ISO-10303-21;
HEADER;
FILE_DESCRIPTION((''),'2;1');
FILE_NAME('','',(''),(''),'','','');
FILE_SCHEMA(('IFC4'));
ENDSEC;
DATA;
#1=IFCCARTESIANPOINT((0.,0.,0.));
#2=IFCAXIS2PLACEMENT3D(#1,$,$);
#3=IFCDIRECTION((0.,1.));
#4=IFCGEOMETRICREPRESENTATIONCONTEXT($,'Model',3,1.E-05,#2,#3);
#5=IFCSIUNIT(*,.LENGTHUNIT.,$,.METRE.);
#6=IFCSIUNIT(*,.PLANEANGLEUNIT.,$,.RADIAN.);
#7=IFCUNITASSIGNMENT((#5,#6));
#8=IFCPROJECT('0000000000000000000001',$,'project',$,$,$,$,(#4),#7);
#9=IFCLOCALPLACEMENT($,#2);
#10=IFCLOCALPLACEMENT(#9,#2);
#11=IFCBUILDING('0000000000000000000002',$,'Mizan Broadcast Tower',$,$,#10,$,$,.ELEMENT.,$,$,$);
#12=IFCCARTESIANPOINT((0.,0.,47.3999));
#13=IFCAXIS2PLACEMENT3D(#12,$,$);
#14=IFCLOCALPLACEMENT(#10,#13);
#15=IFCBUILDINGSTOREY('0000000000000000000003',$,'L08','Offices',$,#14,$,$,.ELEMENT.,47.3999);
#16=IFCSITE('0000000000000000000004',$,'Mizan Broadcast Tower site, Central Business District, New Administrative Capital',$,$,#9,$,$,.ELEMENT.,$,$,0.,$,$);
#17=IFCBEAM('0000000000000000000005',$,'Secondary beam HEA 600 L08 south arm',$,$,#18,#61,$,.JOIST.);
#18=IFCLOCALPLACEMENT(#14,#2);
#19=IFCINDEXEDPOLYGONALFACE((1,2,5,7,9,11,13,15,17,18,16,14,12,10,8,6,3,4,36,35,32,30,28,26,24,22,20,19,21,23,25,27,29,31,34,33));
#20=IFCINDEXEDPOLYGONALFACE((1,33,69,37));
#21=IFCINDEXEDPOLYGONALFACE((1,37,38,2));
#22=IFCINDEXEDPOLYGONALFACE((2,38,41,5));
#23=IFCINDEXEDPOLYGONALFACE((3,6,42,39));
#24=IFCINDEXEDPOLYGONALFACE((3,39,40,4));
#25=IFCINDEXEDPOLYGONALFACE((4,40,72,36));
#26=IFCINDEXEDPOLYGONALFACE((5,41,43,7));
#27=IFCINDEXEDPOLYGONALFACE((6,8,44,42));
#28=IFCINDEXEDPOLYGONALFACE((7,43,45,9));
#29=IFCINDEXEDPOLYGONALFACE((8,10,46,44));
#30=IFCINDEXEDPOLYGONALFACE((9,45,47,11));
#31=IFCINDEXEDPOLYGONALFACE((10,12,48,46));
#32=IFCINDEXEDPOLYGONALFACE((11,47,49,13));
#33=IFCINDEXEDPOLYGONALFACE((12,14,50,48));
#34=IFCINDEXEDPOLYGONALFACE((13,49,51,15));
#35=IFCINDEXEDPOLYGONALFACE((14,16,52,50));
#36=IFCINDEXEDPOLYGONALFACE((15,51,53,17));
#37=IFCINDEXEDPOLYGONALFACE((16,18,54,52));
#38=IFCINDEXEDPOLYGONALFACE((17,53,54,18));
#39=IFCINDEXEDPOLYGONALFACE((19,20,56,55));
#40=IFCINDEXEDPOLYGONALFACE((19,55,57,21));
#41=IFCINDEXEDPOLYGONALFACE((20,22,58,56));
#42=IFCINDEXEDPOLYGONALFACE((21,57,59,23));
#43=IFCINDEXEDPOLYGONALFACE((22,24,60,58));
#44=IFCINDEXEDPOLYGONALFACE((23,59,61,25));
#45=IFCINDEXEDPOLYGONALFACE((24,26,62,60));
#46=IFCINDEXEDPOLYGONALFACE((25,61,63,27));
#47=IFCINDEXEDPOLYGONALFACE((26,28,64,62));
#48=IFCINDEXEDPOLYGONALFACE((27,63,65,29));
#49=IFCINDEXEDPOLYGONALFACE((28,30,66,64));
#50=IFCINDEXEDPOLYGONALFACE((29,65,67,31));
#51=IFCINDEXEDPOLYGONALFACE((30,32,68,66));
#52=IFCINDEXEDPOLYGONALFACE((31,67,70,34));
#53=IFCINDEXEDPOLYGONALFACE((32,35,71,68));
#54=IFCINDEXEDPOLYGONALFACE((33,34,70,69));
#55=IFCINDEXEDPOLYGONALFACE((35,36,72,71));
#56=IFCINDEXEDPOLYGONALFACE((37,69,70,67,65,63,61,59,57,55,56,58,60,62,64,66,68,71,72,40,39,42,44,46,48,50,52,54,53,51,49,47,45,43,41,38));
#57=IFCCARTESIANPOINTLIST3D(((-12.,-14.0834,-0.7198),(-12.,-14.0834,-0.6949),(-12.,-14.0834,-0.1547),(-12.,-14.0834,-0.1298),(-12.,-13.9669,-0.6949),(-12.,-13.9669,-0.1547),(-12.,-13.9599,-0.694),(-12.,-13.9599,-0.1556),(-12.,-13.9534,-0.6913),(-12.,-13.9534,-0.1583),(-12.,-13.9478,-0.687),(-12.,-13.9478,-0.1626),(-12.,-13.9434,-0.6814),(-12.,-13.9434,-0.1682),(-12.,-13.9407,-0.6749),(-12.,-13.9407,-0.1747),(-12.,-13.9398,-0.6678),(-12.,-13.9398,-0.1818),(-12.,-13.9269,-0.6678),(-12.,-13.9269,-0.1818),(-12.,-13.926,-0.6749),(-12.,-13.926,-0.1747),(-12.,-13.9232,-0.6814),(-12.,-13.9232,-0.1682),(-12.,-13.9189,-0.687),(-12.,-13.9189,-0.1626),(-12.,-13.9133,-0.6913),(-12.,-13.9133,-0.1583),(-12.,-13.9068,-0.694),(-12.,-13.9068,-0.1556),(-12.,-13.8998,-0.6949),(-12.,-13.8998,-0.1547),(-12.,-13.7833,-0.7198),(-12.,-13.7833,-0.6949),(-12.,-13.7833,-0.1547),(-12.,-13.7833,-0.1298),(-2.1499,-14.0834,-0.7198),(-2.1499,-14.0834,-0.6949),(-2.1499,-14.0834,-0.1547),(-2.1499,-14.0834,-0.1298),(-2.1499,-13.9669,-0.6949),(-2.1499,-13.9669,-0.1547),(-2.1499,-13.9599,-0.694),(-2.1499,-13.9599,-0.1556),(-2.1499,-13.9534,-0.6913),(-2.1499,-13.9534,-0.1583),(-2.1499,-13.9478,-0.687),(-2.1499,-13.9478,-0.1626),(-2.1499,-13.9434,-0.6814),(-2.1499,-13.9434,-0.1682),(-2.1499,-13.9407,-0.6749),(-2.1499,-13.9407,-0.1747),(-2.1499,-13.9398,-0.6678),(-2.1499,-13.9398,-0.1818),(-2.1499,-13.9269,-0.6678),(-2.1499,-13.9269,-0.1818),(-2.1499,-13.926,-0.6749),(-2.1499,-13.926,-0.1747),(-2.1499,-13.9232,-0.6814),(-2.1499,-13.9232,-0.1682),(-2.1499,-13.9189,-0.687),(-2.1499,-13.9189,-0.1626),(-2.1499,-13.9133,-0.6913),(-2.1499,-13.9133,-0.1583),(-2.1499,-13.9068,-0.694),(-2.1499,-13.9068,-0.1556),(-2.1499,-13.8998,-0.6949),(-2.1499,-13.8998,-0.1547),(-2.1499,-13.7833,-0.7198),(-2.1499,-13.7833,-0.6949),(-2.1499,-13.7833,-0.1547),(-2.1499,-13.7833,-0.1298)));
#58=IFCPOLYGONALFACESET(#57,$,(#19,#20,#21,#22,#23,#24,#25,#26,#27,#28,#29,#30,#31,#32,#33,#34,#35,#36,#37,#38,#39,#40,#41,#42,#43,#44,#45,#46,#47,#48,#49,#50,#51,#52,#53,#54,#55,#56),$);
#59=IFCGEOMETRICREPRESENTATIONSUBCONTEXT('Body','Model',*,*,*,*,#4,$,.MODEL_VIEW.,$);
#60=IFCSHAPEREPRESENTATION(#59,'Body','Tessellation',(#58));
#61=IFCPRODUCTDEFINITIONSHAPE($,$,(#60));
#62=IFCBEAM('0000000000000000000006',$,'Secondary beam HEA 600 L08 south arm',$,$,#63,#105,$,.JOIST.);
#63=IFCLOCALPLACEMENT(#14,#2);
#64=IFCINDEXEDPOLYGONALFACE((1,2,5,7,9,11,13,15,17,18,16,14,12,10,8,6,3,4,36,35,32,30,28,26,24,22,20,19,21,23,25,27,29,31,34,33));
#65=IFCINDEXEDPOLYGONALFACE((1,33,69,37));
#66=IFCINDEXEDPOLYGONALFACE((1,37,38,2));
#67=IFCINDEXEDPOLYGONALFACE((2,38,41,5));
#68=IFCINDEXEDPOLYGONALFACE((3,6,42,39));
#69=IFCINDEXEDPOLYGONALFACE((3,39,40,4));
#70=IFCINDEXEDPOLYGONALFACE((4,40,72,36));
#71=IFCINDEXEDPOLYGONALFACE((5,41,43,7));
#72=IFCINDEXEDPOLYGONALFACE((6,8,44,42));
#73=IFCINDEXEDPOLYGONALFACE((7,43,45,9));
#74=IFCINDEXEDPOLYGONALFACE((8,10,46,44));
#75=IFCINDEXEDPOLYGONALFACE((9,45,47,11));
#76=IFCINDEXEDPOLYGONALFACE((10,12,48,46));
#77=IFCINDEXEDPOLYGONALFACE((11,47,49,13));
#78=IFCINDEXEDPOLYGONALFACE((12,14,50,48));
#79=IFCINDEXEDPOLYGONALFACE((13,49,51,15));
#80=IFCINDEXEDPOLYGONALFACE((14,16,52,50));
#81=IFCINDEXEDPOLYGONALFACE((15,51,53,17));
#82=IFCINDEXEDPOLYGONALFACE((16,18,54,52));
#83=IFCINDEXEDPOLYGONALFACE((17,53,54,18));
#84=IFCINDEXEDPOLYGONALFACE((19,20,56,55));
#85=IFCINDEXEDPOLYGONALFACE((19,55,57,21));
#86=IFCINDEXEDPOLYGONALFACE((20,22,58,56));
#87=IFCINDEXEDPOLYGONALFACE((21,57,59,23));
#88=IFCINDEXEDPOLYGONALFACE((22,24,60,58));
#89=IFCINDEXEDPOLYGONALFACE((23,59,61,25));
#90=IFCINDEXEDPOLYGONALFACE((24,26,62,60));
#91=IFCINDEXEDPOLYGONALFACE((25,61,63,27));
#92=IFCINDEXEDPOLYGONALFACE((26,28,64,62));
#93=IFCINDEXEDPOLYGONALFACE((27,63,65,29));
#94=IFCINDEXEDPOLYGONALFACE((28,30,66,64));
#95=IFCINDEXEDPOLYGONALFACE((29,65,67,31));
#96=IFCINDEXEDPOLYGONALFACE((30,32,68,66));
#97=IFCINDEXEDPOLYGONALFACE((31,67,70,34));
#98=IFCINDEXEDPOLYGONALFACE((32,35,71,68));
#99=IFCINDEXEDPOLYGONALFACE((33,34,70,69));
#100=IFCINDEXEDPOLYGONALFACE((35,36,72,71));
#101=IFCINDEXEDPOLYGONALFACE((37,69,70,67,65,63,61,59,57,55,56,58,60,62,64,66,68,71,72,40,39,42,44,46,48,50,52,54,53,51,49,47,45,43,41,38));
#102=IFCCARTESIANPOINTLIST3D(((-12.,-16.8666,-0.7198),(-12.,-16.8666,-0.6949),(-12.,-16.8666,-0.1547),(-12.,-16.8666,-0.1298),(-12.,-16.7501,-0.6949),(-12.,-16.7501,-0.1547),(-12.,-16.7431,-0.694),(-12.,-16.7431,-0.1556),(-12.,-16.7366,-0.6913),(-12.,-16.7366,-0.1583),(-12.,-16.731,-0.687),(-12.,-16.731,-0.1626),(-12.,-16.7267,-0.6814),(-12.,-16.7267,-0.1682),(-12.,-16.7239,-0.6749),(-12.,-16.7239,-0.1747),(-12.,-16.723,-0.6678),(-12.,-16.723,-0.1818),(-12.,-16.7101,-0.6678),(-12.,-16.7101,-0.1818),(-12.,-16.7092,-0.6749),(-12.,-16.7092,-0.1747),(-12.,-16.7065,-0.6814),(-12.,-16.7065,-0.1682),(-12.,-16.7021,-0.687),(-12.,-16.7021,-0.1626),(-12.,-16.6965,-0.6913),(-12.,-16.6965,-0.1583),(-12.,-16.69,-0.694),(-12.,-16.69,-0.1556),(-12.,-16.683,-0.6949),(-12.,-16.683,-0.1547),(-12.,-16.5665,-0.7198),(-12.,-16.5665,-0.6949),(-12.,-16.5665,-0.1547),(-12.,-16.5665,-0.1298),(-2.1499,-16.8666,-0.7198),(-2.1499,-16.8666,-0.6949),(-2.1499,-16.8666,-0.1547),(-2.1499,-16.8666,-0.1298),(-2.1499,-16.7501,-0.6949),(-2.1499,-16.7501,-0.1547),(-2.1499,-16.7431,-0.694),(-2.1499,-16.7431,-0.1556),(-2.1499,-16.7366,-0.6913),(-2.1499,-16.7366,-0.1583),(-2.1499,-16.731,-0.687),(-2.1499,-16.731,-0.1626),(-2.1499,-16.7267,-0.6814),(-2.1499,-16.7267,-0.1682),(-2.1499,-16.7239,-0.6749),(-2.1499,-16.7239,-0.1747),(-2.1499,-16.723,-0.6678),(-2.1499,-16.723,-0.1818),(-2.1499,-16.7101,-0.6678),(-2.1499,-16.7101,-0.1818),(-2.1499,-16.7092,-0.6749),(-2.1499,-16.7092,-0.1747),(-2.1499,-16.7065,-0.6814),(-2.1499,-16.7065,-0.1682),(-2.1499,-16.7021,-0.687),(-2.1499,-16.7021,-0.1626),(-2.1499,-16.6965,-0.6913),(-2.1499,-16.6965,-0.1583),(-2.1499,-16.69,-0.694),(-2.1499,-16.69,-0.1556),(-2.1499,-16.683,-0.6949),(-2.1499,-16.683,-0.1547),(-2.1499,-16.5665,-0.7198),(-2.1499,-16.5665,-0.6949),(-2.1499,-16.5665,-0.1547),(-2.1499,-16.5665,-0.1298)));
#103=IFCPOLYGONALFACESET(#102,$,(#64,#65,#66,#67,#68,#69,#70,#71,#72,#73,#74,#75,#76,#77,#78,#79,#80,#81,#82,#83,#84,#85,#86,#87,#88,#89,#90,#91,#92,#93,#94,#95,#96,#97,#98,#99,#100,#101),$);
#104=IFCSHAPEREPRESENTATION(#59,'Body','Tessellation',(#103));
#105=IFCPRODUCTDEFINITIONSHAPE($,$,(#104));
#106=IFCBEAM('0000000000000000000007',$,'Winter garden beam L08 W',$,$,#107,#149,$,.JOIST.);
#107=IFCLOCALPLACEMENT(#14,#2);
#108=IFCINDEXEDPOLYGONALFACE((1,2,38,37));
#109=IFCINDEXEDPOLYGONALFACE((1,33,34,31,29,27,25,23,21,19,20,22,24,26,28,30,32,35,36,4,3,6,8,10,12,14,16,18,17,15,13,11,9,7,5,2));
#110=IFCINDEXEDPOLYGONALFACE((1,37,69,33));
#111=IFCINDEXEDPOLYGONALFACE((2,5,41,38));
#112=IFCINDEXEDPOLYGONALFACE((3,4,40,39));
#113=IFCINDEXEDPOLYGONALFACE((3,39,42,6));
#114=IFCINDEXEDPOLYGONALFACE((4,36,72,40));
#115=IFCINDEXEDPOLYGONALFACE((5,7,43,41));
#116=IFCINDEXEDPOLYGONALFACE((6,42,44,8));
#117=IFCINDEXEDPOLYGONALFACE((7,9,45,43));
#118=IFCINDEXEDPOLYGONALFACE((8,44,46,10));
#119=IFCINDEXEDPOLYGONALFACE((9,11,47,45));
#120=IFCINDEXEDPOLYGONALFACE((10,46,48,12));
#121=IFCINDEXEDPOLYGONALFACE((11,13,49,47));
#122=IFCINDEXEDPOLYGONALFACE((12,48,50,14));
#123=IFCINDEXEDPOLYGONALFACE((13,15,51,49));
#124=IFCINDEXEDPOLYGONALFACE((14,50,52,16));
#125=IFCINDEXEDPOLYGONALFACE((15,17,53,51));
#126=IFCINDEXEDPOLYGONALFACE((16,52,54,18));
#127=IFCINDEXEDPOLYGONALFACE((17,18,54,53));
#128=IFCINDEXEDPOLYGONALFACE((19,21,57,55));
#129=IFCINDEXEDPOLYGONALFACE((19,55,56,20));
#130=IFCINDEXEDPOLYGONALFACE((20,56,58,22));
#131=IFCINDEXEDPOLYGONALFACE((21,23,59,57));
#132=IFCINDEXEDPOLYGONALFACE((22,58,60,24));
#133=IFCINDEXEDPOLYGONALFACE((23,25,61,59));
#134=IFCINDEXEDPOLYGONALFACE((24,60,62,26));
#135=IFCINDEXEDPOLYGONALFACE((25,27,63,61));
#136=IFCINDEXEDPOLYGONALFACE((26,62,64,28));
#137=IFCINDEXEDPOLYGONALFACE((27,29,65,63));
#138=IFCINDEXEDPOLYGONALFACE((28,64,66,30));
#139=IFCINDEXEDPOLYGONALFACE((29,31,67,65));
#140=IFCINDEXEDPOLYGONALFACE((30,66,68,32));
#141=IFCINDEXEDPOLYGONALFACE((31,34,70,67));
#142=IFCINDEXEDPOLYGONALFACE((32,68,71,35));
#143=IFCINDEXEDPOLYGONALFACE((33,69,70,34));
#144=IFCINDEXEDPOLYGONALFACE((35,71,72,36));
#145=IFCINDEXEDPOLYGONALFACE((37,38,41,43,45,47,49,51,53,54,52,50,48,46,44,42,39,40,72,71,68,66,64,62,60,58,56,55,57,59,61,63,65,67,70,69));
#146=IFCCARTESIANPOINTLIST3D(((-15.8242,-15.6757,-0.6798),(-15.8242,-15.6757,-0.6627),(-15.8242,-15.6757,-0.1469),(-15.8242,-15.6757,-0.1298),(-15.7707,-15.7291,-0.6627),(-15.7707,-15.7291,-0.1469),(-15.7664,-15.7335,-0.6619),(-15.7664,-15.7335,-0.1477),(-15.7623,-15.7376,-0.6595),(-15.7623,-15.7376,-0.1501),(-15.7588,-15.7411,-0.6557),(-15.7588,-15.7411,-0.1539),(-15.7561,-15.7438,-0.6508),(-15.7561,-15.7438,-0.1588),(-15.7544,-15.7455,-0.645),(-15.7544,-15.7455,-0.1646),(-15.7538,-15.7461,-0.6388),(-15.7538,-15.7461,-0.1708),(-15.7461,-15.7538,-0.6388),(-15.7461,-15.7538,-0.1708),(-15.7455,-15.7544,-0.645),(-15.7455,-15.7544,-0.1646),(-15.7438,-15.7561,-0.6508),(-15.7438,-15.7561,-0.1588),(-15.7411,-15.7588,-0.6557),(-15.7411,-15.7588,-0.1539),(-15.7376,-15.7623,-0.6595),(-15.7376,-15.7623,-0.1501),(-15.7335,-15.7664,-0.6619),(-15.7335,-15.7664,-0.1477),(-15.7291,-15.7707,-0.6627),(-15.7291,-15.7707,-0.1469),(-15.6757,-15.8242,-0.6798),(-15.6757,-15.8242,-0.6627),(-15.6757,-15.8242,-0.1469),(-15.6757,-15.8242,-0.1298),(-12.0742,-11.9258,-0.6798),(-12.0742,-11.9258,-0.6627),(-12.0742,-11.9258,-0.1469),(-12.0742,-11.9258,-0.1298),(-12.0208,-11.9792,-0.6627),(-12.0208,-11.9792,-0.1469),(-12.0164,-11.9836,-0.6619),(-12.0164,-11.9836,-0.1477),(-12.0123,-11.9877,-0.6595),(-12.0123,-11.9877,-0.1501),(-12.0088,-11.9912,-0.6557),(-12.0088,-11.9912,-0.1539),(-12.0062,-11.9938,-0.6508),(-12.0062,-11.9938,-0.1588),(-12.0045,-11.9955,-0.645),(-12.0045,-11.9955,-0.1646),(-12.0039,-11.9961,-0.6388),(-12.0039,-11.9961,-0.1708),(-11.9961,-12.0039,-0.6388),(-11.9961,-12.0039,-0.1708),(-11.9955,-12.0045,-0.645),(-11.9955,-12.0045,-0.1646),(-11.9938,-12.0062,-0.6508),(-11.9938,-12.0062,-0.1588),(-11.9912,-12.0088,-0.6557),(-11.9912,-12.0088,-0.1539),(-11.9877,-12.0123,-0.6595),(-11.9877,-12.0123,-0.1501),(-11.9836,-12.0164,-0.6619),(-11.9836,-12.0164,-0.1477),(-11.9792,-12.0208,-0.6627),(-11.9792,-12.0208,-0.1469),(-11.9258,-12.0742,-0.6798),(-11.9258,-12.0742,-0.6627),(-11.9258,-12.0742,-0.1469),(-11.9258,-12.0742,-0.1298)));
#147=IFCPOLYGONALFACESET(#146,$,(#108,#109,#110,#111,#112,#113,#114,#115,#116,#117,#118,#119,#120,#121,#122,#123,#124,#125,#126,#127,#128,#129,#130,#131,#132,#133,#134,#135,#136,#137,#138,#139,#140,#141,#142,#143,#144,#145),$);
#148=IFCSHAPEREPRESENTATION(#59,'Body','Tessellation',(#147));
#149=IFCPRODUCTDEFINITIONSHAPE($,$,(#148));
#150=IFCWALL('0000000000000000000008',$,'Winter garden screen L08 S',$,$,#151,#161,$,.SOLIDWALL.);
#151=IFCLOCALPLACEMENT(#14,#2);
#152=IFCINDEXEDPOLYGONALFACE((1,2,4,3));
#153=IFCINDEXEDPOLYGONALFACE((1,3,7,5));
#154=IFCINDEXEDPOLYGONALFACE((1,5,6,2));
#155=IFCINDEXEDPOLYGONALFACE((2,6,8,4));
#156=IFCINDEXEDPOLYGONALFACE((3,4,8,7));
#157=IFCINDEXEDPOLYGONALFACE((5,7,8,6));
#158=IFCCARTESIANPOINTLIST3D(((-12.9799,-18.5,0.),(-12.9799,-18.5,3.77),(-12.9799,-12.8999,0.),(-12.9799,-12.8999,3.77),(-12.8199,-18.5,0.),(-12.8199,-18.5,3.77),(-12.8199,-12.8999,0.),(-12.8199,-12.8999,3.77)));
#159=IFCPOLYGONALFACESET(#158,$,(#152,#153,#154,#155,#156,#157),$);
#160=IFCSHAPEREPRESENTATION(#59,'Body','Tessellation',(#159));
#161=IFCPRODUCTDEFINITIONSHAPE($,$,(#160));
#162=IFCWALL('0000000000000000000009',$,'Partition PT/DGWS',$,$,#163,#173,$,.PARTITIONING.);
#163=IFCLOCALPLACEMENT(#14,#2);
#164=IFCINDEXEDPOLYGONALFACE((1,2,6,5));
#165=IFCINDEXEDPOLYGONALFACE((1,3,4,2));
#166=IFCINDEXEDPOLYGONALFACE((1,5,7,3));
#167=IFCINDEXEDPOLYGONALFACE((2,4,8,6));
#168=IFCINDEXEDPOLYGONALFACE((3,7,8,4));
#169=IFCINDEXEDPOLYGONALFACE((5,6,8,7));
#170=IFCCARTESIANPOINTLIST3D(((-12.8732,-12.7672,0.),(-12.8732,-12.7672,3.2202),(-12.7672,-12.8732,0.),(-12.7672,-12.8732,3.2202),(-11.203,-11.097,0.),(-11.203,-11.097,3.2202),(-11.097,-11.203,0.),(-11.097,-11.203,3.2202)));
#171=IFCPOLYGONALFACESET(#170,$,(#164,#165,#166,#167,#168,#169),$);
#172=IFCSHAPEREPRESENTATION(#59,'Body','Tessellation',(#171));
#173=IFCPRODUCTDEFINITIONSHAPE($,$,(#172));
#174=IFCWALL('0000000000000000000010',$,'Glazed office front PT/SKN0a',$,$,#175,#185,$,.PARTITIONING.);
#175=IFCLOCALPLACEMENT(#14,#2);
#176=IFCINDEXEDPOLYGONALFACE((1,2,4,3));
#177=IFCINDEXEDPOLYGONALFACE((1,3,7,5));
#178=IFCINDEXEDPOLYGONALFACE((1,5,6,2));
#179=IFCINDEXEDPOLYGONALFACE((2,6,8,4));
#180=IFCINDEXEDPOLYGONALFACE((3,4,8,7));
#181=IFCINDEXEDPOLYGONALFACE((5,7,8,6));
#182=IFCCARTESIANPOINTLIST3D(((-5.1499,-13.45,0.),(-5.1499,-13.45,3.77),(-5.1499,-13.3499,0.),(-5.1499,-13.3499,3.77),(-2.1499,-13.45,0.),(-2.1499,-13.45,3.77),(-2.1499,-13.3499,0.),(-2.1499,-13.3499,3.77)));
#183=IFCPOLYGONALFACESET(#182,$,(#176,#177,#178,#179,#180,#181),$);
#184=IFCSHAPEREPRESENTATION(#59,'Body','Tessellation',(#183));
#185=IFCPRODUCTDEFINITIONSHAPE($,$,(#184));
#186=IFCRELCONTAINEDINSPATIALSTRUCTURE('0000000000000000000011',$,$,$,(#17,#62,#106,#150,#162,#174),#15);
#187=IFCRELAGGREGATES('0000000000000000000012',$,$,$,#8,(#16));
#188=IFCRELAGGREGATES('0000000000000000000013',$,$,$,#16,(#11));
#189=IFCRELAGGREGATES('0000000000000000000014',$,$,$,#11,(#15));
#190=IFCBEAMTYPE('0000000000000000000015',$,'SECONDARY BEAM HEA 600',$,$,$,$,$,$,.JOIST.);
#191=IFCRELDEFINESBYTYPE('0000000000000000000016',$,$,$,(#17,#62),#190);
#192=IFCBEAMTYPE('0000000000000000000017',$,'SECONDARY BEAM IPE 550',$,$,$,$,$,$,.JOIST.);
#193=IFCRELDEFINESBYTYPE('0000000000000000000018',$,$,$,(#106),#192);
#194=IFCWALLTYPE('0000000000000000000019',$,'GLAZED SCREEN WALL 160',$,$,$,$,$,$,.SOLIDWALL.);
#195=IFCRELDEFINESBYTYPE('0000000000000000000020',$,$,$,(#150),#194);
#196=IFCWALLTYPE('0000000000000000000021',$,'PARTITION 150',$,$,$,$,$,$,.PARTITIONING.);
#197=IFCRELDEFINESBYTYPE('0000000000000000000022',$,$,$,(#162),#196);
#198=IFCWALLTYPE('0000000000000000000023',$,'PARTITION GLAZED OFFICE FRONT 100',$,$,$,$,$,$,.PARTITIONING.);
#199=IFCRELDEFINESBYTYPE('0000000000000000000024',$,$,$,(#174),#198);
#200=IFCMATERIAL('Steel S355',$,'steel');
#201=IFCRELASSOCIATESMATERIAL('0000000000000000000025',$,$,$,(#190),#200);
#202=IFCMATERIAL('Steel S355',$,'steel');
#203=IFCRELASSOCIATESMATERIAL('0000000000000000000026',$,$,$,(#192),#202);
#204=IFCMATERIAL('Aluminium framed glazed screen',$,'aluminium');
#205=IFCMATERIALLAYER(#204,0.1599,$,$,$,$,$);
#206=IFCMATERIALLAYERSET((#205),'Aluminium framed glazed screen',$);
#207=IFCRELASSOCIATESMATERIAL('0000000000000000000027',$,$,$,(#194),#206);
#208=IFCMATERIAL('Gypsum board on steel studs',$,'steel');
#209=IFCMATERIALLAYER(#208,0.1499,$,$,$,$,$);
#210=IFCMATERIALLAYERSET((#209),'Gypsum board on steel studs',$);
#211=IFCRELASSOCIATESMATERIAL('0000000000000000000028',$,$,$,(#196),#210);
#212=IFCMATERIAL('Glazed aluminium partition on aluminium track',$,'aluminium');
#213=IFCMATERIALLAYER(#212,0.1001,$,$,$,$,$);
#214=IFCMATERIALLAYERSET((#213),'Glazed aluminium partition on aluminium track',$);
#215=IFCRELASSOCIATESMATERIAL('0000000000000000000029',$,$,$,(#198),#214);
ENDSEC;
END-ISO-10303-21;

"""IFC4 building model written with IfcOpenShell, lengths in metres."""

from ifc_helpers import new_model, si_unit, direction, frame, frame_2d, origin, origin_2d, place, context, subcontext, project, spatial, rectangle, i_section, extrude, material, layer, layer_set, material_profile, profile_set, type_object, element, save


model = new_model("IFC4")

# Units and contexts
model_context = context("Model", 3, precision=1e-05, world=origin(), true_north=direction((0.0, 1.0)))
body_context = subcontext(model_context, "Body", "Model", "MODEL_VIEW")
ifc_project = project(units=[si_unit("LENGTHUNIT", "METRE"), si_unit("PLANEANGLEUNIT", "RADIAN")], contexts=[model_context])

# Site, building, storey
site_placement = place(None, origin())
site = spatial("IfcSite", under=ifc_project, at=site_placement, Name="Mizan Broadcast Tower site, Central Business District, New Administrative Capital", CompositionType="ELEMENT", RefElevation=0.0)
building_placement = place(site_placement, origin())
building = spatial("IfcBuilding", under=site, at=building_placement, Name="Mizan Broadcast Tower", CompositionType="ELEMENT")
storey_placement = place(building_placement, frame((0.0, 0.0, 47.3999)))
storey = spatial("IfcBuildingStorey", under=building, at=storey_placement, Name="L08", Description="Offices", CompositionType="ELEMENT", Elevation=47.3999)

# Beams
ifc_material_1 = material(Name="Steel S355", Category="steel")
ifc_material_profile_1 = material_profile(ifc_material_1, i_section(OverallWidth=0.3, OverallDepth=0.5901, WebThickness=0.0129, FlangeThickness=0.0249, FilletRadius=0.0271, at=origin_2d()), Name="HEA 600")
ifc_profile_set_1 = profile_set([ifc_material_profile_1], Name="Steel S355")
beam_type_1 = type_object("IfcBeamType", Name="SECONDARY BEAM HEA 600", PredefinedType="JOIST", material=ifc_profile_set_1)
for number, where, z_axis, x_axis, name in (
    (1, (-12.0, -13.9333, -0.4248), (1.0, 0.0, 0.0), (0.0, 1.0, 0.0), "Secondary beam HEA 600 L08 south arm"),
    (2, (-12.0, -16.7166, -0.4248), (1.0, 0.0, 0.0), (0.0, 1.0, 0.0), "Secondary beam HEA 600 L08 south arm"),
):
    element("IfcBeam", number, at=place(storey_placement, frame(where, z_axis=z_axis, x_axis=x_axis)), inside=storey, type_object=beam_type_1, Name=name, PredefinedType="JOIST", context=body_context, shape_type="SweptSolid", body=[
        extrude(i_section(OverallWidth=0.3, OverallDepth=0.5901, WebThickness=0.0129, FlangeThickness=0.0249, FilletRadius=0.0271, at=origin_2d()), origin(), (0.0, 0.0, 1.0), 9.8501),
    ])
ifc_material_2 = material(Name="Steel S355", Category="steel")
ifc_material_profile_2 = material_profile(ifc_material_2, i_section(OverallWidth=0.21, OverallDepth=0.55, WebThickness=0.011, FlangeThickness=0.0171, FilletRadius=0.0239, at=origin_2d()), Name="IPE 550")
ifc_profile_set_2 = profile_set([ifc_material_profile_2], Name="Steel S355")
beam_type_2 = type_object("IfcBeamType", Name="SECONDARY BEAM IPE 550", PredefinedType="JOIST", material=ifc_profile_set_2)
beam_1_placement = place(storey_placement, frame((-12.0, -12.0, -0.4048), z_axis=(-0.707107, -0.707107, 0.0), x_axis=(0.707107, -0.707107, 0.0)))
element("IfcBeam", 3, at=beam_1_placement, inside=storey, type_object=beam_type_2, Name="Winter garden beam L08 W", PredefinedType="JOIST", context=body_context, shape_type="SweptSolid", body=[
    extrude(i_section(OverallWidth=0.21, OverallDepth=0.55, WebThickness=0.011, FlangeThickness=0.0171, FilletRadius=0.0239, at=origin_2d()), origin(), (0.0, 0.0, 1.0), 5.3032),
])

# Walls
ifc_material_3 = material(Name="Aluminium framed glazed screen", Category="aluminium")
ifc_layer_1 = layer(ifc_material_3, 0.1599)
ifc_layer_set_1 = layer_set([ifc_layer_1], Name="Aluminium framed glazed screen")
wall_type_1 = type_object("IfcWallType", Name="GLAZED SCREEN WALL 160", PredefinedType="SOLIDWALL", material=ifc_layer_set_1)
wall_1_placement = place(storey_placement, frame((-12.8999, -12.8999, 0.0), z_axis=(0.0, 0.0, 1.0), x_axis=(0.0, -1.0, 0.0)))
element("IfcWall", 4, at=wall_1_placement, inside=storey, type_object=wall_type_1, Name="Winter garden screen L08 S", PredefinedType="SOLIDWALL", context=body_context, shape_type="SweptSolid", body=[
    extrude(rectangle(XDim=5.6001, YDim=0.1599, at=frame_2d((2.8, 0.0))), origin(), (0.0, 0.0, 1.0), 3.77),
])
ifc_material_4 = material(Name="Gypsum board on steel studs", Category="steel")
ifc_layer_2 = layer(ifc_material_4, 0.1499)
ifc_layer_set_2 = layer_set([ifc_layer_2], Name="Gypsum board on steel studs")
wall_type_2 = type_object("IfcWallType", Name="PARTITION 150", PredefinedType="PARTITIONING", material=ifc_layer_set_2)
wall_2_placement = place(storey_placement, frame((-11.1499, -11.1499, 0.0), z_axis=(0.0, 0.0, 1.0), x_axis=(-0.707107, -0.707107, 0.0)))
element("IfcWall", 5, at=wall_2_placement, inside=storey, type_object=wall_type_2, Name="Partition PT/DGWS", PredefinedType="PARTITIONING", context=body_context, shape_type="SweptSolid", body=[
    extrude(rectangle(XDim=2.3621, YDim=0.1499, at=frame_2d((1.1812, 0.0))), origin(), (0.0, 0.0, 1.0), 3.2202),
])
ifc_material_5 = material(Name="Glazed aluminium partition on aluminium track", Category="aluminium")
ifc_layer_3 = layer(ifc_material_5, 0.1001)
ifc_layer_set_3 = layer_set([ifc_layer_3], Name="Glazed aluminium partition on aluminium track")
wall_type_3 = type_object("IfcWallType", Name="PARTITION GLAZED OFFICE FRONT 100", PredefinedType="PARTITIONING", material=ifc_layer_set_3)
for number, where, z_axis, x_axis, name in (
    (6, (-2.1499, -13.3999, 0.0), (0.0, 0.0, 1.0), (-1.0, 0.0, 0.0), "Glazed office front PT/SKN0a"),
):
    element("IfcWall", number, at=place(storey_placement, frame(where, z_axis=z_axis, x_axis=x_axis)), inside=storey, type_object=wall_type_3, Name=name, PredefinedType="PARTITIONING", context=body_context, shape_type="SweptSolid", body=[
        extrude(rectangle(XDim=3.0, YDim=0.1001, at=frame_2d((1.5, 0.0))), origin(), (0.0, 0.0, 1.0), 3.77),
    ])

save(model, "model.ifc")
